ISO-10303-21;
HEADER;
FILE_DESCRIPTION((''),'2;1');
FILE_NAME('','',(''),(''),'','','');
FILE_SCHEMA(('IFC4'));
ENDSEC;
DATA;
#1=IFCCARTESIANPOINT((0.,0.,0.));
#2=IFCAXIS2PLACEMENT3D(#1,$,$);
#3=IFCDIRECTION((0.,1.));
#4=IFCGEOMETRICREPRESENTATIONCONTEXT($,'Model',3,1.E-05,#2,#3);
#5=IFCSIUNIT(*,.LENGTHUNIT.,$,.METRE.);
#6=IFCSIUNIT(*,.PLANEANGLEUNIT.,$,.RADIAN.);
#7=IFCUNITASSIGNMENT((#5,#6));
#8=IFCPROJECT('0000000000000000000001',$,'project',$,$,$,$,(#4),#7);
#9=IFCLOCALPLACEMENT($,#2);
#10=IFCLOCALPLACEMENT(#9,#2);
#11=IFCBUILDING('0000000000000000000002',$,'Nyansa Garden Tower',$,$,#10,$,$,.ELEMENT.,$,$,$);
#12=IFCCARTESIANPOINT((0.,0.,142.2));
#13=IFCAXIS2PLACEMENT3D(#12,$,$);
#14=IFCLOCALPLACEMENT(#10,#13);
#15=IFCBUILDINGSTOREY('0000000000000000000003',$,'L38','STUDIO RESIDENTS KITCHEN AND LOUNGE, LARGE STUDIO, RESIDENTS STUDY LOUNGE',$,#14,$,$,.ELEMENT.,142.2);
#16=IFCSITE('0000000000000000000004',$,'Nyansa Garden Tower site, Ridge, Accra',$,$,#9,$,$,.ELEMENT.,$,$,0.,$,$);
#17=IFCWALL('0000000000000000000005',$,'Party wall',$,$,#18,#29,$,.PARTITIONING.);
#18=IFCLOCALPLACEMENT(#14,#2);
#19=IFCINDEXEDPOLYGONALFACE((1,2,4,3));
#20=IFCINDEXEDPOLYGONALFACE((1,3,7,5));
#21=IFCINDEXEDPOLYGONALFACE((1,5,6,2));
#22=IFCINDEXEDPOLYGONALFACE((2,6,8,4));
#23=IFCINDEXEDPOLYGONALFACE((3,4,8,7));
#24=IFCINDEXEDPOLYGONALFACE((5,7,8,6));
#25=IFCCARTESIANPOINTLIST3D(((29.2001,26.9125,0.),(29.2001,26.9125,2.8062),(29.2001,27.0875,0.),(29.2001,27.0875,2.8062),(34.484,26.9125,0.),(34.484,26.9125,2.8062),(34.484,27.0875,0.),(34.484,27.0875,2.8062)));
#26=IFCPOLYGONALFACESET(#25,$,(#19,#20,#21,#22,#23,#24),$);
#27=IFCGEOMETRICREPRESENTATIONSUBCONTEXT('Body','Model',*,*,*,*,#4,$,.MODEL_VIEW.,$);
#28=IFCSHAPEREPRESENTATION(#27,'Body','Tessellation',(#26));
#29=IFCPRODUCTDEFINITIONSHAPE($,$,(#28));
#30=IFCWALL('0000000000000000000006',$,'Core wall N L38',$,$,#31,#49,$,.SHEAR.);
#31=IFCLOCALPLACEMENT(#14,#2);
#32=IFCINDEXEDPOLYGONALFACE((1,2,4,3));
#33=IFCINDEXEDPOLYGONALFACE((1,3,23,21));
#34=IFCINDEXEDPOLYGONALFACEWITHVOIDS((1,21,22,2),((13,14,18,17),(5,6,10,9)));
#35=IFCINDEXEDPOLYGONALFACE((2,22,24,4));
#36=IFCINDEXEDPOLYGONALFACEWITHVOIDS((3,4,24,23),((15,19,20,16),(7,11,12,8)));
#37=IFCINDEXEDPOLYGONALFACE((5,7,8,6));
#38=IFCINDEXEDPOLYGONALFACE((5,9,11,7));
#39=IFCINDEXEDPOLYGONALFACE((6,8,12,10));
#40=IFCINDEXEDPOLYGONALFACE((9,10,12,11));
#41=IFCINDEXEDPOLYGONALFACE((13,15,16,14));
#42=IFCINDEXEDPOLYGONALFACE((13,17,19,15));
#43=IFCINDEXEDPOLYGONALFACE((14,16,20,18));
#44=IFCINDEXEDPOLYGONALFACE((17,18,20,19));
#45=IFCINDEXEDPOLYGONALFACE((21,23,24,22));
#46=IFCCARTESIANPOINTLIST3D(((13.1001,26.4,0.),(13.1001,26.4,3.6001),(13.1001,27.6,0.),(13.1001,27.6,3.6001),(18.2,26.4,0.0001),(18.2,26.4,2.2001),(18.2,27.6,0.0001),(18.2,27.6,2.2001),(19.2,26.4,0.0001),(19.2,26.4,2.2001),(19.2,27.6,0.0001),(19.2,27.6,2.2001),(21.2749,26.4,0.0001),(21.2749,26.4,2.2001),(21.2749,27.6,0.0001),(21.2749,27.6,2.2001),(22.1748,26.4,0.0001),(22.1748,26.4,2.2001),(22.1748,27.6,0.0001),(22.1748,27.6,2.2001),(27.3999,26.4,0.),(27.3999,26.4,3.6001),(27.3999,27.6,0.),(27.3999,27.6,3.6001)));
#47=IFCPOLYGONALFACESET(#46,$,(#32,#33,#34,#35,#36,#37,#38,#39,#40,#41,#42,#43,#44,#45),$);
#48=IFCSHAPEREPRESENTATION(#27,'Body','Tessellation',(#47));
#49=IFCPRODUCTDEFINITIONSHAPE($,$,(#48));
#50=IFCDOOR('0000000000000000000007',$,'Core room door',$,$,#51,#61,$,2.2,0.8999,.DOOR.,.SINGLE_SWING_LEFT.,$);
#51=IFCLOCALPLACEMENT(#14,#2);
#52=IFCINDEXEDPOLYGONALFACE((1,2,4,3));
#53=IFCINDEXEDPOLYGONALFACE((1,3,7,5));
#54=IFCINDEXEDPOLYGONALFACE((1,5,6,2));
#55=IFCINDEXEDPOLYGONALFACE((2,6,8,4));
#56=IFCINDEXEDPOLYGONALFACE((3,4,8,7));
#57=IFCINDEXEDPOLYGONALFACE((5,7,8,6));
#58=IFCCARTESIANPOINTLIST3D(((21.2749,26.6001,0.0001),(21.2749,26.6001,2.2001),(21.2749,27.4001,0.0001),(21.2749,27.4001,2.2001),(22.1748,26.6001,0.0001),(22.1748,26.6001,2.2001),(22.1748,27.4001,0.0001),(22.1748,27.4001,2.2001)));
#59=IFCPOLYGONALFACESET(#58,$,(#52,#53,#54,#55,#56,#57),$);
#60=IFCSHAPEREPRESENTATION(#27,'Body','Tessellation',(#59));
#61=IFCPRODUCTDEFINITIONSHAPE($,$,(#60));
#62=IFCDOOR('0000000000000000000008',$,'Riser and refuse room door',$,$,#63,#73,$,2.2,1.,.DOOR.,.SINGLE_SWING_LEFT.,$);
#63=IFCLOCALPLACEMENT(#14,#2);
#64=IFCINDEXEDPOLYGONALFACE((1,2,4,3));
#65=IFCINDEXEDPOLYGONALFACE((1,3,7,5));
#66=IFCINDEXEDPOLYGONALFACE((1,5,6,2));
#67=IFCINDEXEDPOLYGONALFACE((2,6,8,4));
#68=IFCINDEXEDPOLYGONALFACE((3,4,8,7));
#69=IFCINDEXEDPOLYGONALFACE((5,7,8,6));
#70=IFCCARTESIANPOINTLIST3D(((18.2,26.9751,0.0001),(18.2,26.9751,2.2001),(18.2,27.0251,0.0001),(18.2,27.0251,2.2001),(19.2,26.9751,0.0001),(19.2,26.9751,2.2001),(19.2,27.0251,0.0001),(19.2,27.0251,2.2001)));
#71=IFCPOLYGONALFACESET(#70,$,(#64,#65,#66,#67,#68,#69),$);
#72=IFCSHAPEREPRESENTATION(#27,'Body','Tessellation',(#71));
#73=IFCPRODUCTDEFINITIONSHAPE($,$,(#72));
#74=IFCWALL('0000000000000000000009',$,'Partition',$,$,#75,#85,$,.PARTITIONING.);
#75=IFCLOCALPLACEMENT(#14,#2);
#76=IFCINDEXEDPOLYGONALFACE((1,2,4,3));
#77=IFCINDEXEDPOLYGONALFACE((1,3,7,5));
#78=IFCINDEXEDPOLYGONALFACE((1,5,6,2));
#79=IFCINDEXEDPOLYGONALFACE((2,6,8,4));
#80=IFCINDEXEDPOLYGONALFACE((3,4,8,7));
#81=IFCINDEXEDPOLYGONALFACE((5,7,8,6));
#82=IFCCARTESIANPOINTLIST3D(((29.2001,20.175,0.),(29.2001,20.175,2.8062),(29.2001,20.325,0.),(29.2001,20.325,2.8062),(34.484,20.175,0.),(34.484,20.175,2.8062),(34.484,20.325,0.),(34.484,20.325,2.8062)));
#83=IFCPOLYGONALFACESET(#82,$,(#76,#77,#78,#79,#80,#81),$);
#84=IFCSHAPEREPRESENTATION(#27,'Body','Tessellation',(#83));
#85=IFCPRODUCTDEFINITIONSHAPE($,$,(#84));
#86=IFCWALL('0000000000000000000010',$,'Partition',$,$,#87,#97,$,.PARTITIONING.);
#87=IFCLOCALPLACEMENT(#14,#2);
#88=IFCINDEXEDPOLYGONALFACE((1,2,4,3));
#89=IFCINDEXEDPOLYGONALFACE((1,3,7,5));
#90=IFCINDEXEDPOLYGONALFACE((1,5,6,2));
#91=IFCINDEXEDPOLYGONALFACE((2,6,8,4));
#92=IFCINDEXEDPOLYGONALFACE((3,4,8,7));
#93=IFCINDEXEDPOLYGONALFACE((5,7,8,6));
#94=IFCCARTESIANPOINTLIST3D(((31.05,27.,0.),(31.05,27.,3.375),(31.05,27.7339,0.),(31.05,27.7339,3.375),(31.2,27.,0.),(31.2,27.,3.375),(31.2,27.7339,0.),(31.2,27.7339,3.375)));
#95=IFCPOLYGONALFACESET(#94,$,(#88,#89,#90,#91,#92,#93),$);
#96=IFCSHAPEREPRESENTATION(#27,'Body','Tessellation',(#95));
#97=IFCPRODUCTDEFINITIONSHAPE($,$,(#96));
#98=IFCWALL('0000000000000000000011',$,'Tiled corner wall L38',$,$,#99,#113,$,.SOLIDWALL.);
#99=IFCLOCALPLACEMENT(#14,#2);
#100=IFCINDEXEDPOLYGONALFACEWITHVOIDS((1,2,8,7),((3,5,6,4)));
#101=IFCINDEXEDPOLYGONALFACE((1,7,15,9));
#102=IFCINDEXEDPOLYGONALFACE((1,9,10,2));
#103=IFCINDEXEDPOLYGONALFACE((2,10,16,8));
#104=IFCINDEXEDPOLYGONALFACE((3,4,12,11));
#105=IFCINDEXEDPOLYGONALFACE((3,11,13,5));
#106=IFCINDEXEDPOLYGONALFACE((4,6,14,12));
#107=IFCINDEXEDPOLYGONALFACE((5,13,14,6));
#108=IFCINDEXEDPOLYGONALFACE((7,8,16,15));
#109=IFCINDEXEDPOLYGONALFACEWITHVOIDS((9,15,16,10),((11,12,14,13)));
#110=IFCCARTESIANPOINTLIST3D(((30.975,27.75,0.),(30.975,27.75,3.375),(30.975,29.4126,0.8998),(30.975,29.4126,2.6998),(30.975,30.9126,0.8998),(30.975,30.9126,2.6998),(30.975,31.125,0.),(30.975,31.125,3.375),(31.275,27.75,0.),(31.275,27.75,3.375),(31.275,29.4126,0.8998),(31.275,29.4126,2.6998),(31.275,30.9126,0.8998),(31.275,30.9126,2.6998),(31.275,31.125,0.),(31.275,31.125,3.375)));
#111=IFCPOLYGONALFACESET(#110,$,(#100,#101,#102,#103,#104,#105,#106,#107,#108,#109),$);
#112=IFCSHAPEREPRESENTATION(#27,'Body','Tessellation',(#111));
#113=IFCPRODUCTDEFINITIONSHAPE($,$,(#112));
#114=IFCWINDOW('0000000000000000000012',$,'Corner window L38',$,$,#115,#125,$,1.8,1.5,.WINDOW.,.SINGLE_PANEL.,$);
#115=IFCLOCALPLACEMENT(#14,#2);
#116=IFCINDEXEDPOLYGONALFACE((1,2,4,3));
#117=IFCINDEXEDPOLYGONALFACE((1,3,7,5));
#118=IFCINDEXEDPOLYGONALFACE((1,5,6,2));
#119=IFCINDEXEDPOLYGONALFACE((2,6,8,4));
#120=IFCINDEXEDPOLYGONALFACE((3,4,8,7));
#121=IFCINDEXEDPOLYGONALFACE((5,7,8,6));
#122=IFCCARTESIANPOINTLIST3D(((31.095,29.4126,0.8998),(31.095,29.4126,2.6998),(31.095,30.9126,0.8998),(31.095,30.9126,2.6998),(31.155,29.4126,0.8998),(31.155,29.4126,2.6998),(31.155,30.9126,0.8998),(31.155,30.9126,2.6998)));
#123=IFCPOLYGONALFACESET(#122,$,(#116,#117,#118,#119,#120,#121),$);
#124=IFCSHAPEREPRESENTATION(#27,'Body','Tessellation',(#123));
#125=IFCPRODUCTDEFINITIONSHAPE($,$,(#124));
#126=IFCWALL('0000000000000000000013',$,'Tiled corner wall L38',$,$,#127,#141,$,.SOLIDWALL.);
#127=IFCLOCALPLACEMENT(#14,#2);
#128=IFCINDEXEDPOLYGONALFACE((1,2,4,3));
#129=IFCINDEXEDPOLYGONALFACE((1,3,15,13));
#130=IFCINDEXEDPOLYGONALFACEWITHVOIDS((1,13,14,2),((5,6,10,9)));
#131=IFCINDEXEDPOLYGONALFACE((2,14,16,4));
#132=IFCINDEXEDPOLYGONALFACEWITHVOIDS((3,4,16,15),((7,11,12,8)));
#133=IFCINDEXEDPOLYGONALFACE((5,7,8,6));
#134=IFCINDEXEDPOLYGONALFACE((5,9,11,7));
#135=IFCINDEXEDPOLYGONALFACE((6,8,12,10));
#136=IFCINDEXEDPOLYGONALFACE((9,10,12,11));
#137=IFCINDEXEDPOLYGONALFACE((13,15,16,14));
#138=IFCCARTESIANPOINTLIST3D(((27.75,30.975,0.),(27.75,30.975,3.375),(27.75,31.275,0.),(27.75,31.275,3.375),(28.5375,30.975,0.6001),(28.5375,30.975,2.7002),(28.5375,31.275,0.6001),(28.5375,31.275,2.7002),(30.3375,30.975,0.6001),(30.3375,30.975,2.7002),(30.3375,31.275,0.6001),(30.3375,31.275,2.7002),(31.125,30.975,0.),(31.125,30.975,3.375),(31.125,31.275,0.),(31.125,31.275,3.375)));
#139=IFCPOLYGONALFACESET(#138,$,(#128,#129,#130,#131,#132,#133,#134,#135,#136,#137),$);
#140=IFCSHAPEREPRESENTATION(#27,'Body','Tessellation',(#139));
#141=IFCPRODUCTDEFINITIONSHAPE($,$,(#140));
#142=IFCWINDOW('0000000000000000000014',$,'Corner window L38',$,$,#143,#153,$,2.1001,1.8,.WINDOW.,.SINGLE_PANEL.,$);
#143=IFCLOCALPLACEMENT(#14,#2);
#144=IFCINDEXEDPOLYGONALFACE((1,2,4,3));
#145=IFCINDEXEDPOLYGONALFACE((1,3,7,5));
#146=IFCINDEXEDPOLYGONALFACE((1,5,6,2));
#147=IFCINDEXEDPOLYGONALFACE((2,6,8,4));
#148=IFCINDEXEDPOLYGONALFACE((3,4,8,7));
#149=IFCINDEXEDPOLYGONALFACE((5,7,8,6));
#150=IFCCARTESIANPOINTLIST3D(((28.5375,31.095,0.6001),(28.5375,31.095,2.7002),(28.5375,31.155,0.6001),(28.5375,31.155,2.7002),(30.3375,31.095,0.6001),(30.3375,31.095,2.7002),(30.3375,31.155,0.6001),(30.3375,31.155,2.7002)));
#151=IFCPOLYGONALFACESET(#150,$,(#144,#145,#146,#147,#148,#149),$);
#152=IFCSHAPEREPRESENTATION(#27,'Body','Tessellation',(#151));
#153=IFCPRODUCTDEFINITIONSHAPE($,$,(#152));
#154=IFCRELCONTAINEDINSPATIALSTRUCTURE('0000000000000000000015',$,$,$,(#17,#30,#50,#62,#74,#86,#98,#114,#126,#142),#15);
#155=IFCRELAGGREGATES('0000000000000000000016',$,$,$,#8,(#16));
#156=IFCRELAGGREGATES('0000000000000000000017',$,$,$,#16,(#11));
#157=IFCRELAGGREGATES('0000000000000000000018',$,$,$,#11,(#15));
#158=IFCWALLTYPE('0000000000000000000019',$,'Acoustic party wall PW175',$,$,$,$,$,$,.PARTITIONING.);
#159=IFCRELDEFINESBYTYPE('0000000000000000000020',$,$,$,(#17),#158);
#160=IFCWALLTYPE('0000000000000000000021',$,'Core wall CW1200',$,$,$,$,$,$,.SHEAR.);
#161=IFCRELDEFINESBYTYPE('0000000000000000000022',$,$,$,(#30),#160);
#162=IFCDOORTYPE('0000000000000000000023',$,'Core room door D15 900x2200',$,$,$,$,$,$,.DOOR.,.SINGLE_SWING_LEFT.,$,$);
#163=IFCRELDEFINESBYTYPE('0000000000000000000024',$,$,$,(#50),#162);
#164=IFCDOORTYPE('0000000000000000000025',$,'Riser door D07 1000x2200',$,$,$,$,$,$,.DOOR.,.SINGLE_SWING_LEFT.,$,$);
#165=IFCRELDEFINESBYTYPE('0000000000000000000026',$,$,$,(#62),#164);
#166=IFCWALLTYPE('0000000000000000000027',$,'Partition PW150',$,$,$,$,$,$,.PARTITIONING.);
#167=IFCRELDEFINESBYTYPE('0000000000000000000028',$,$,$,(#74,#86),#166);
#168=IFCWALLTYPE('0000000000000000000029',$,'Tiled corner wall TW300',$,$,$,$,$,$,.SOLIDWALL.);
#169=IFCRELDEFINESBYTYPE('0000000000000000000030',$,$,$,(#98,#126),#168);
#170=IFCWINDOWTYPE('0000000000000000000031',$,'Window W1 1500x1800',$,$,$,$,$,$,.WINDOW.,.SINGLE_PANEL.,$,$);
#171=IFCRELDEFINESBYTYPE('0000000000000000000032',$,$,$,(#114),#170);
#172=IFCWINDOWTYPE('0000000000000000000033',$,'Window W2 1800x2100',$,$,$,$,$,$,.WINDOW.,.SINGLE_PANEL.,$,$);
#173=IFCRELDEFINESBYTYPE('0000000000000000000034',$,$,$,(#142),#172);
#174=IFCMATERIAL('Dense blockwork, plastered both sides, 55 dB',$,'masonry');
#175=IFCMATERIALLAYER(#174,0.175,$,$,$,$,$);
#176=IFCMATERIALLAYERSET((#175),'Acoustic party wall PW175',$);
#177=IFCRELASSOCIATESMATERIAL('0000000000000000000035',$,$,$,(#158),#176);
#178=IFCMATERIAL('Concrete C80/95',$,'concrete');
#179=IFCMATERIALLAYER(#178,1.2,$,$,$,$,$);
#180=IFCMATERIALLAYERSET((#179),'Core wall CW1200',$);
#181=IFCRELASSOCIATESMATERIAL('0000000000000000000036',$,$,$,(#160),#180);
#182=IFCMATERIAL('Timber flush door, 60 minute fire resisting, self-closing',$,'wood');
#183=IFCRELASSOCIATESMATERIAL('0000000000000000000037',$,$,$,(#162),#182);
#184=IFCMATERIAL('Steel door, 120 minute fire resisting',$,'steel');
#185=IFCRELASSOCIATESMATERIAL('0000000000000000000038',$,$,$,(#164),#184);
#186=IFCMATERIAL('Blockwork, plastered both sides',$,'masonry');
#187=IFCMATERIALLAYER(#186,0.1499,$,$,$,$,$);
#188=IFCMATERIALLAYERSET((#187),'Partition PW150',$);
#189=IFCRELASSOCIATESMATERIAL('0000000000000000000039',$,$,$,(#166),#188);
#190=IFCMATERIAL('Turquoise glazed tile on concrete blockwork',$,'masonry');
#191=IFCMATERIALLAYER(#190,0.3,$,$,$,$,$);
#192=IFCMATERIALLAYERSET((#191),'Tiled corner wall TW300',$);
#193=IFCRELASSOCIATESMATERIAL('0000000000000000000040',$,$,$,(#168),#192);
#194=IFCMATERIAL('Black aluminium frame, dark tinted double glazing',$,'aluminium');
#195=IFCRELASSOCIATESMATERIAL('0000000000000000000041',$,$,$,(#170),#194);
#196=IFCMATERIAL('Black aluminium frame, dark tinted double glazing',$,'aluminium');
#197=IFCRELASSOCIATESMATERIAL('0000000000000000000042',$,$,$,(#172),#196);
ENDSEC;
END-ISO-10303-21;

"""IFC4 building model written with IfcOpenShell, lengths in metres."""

from ifc_helpers import new_model, si_unit, direction, frame, frame_2d, origin, place, context, subcontext, project, spatial, rectangle, extrude, material, layer, layer_set, type_object, element, fill, save


model = new_model("IFC4")

# Units and contexts
model_context = context("Model", 3, precision=1e-05, world=origin(), true_north=direction((0.0, 1.0)))
body_context = subcontext(model_context, "Body", "Model", "MODEL_VIEW")
ifc_project = project(units=[si_unit("LENGTHUNIT", "METRE"), si_unit("PLANEANGLEUNIT", "RADIAN")], contexts=[model_context])

# Site, building, storey
site_placement = place(None, origin())
site = spatial("IfcSite", under=ifc_project, at=site_placement, Name="Nyansa Garden Tower site, Ridge, Accra", CompositionType="ELEMENT", RefElevation=0.0)
building_placement = place(site_placement, origin())
building = spatial("IfcBuilding", under=site, at=building_placement, Name="Nyansa Garden Tower", CompositionType="ELEMENT")
storey_placement = place(building_placement, frame((0.0, 0.0, 142.2)))
storey = spatial("IfcBuildingStorey", under=building, at=storey_placement, Name="L38", Description="STUDIO RESIDENTS KITCHEN AND LOUNGE, LARGE STUDIO, RESIDENTS STUDY LOUNGE", CompositionType="ELEMENT", Elevation=142.2)

# Wall
ifc_material_1 = material(Name="Dense blockwork, plastered both sides, 55 dB", Category="masonry")
ifc_layer_1 = layer(ifc_material_1, 0.175)
ifc_layer_set_1 = layer_set([ifc_layer_1], Name="Acoustic party wall PW175")
wall_type_1 = type_object("IfcWallType", Name="Acoustic party wall PW175", PredefinedType="PARTITIONING", material=ifc_layer_set_1)
wall_1_placement = place(storey_placement, frame((29.2, 27.0, 0.0), z_axis=(0.0, 0.0, 1.0), x_axis=(1.0, 0.0, 0.0)))
element("IfcWall", 1, at=wall_1_placement, inside=storey, type_object=wall_type_1, Name="Party wall", PredefinedType="PARTITIONING", context=body_context, shape_type="SweptSolid", body=[
    extrude(rectangle(XDim=5.2839, YDim=0.175, at=frame_2d((2.6421, 0.0))), origin(), (0.0, 0.0, 1.0), 2.8062),
])

# Wall, openings, doors
ifc_material_2 = material(Name="Concrete C80/95", Category="concrete")
ifc_layer_2 = layer(ifc_material_2, 1.2)
ifc_layer_set_2 = layer_set([ifc_layer_2], Name="Core wall CW1200")
wall_type_2 = type_object("IfcWallType", Name="Core wall CW1200", PredefinedType="SHEAR", material=ifc_layer_set_2)
wall_2_placement = place(storey_placement, frame((27.3999, 27.0, 0.0), z_axis=(0.0, 0.0, 1.0), x_axis=(-1.0, 0.0, 0.0)))
wall_2 = element("IfcWall", 2, at=wall_2_placement, inside=storey, type_object=wall_type_2, Name="Core wall N L38", PredefinedType="SHEAR", context=body_context, shape_type="SweptSolid", body=[
    extrude(rectangle(XDim=14.2998, YDim=1.2, at=frame_2d((7.1499, 0.0))), origin(), (0.0, 0.0, 1.0), 3.6001),
])
opening_1_placement = place(wall_2_placement, frame((5.2251, 0.0, 0.0)))
opening_1 = element("IfcOpeningElement", 3, at=opening_1_placement, cuts=wall_2, PredefinedType="OPENING", context=body_context, shape_type="SweptSolid", body=[
    extrude(rectangle(XDim=0.8999, YDim=2.2, at=frame_2d((0.45, 1.1001))), frame((0.0, 0.6099, 0.0), z_axis=(0.0, -1.0, 0.0), x_axis=(1.0, 0.0, 0.0)), (0.0, 0.0, 1.0), 1.22),
])
opening_2_placement = place(wall_2_placement, frame((8.2, 0.0, 0.0)))
opening_2 = element("IfcOpeningElement", 4, at=opening_2_placement, cuts=wall_2, PredefinedType="OPENING", context=body_context, shape_type="SweptSolid", body=[
    extrude(rectangle(XDim=1.0, YDim=2.2, at=frame_2d((0.5, 1.1001))), frame((0.0, 0.6099, 0.0), z_axis=(0.0, -1.0, 0.0), x_axis=(1.0, 0.0, 0.0)), (0.0, 0.0, 1.0), 1.22),
])
ifc_material_3 = material(Name="Timber flush door, 60 minute fire resisting, self-closing", Category="wood")
door_type_1 = type_object("IfcDoorType", Name="Core room door D15 900x2200", OperationType="SINGLE_SWING_LEFT", PredefinedType="DOOR", material=ifc_material_3)
door_1_placement = place(opening_1_placement, origin())
door_1 = element("IfcDoor", 5, at=door_1_placement, inside=storey, type_object=door_type_1, Name="Core room door", OperationType="SINGLE_SWING_LEFT", OverallHeight=2.2, OverallWidth=0.8999, PredefinedType="DOOR", context=body_context, shape_type="SweptSolid", body=[
    extrude(rectangle(XDim=0.8999, YDim=2.2, at=frame_2d((0.45, 1.1001))), frame((0.0, 0.3999, 0.0), z_axis=(0.0, -1.0, 0.0), x_axis=(1.0, 0.0, 0.0)), (0.0, 0.0, 1.0), 0.8),
])
fill(opening_1, door_1)
ifc_material_4 = material(Name="Steel door, 120 minute fire resisting", Category="steel")
door_type_2 = type_object("IfcDoorType", Name="Riser door D07 1000x2200", OperationType="SINGLE_SWING_LEFT", PredefinedType="DOOR", material=ifc_material_4)
door_2_placement = place(opening_2_placement, origin())
door_2 = element("IfcDoor", 6, at=door_2_placement, inside=storey, type_object=door_type_2, Name="Riser and refuse room door", OperationType="SINGLE_SWING_LEFT", OverallHeight=2.2, OverallWidth=1.0, PredefinedType="DOOR", context=body_context, shape_type="SweptSolid", body=[
    extrude(rectangle(XDim=1.0, YDim=2.2, at=frame_2d((0.5, 1.1001))), frame((0.0, 0.0249, 0.0), z_axis=(0.0, -1.0, 0.0), x_axis=(1.0, 0.0, 0.0)), (0.0, 0.0, 1.0), 0.05),
])
fill(opening_2, door_2)

# Walls
ifc_material_5 = material(Name="Blockwork, plastered both sides", Category="masonry")
ifc_layer_3 = layer(ifc_material_5, 0.1499)
ifc_layer_set_3 = layer_set([ifc_layer_3], Name="Partition PW150")
wall_type_3 = type_object("IfcWallType", Name="Partition PW150", PredefinedType="PARTITIONING", material=ifc_layer_set_3)
wall_3_placement = place(storey_placement, frame((29.2, 20.25, 0.0), z_axis=(0.0, 0.0, 1.0), x_axis=(1.0, 0.0, 0.0)))
element("IfcWall", 7, at=wall_3_placement, inside=storey, type_object=wall_type_3, Name="Partition", PredefinedType="PARTITIONING", context=body_context, shape_type="SweptSolid", body=[
    extrude(rectangle(XDim=5.2839, YDim=0.1499, at=frame_2d((2.6421, 0.0))), origin(), (0.0, 0.0, 1.0), 2.8062),
])
wall_4_placement = place(storey_placement, frame((31.125, 27.0, 0.0), z_axis=(0.0, 0.0, 1.0), x_axis=(0.0, 1.0, 0.0)))
element("IfcWall", 8, at=wall_4_placement, inside=storey, type_object=wall_type_3, Name="Partition", PredefinedType="PARTITIONING", context=body_context, shape_type="SweptSolid", body=[
    extrude(rectangle(XDim=0.7339, YDim=0.1499, at=frame_2d((0.3669, 0.0))), origin(), (0.0, 0.0, 1.0), 3.375),
])

# Walls, openings, windows
ifc_material_6 = material(Name="Turquoise glazed tile on concrete blockwork", Category="masonry")
ifc_layer_4 = layer(ifc_material_6, 0.3)
ifc_layer_set_4 = layer_set([ifc_layer_4], Name="Tiled corner wall TW300")
wall_type_4 = type_object("IfcWallType", Name="Tiled corner wall TW300", PredefinedType="SOLIDWALL", material=ifc_layer_set_4)
wall_5_placement = place(storey_placement, frame((31.125, 27.75, 0.0), z_axis=(0.0, 0.0, 1.0), x_axis=(0.0, 1.0, 0.0)))
wall_5 = element("IfcWall", 9, at=wall_5_placement, inside=storey, type_object=wall_type_4, Name="Tiled corner wall L38", PredefinedType="SOLIDWALL", context=body_context, shape_type="SweptSolid", body=[
    extrude(rectangle(XDim=3.375, YDim=0.3, at=frame_2d((1.6875, 0.0))), origin(), (0.0, 0.0, 1.0), 3.375),
])
opening_3_placement = place(wall_5_placement, frame((1.6626, 0.0, 0.8999)))
opening_3 = element("IfcOpeningElement", 10, at=opening_3_placement, cuts=wall_5, PredefinedType="OPENING", context=body_context, shape_type="SweptSolid", body=[
    extrude(rectangle(XDim=1.5, YDim=1.8, at=frame_2d((0.75, 0.8999))), frame((0.0, 0.1599, 0.0), z_axis=(0.0, -1.0, 0.0), x_axis=(1.0, 0.0, 0.0)), (0.0, 0.0, 1.0), 0.3201),
])
ifc_material_7 = material(Name="Black aluminium frame, dark tinted double glazing", Category="aluminium")
window_type_1 = type_object("IfcWindowType", Name="Window W1 1500x1800", PartitioningType="SINGLE_PANEL", PredefinedType="WINDOW", material=ifc_material_7)
window_1_placement = place(opening_3_placement, origin())
window_1 = element("IfcWindow", 11, at=window_1_placement, inside=storey, type_object=window_type_1, Name="Corner window L38", OverallHeight=1.8, OverallWidth=1.5, PartitioningType="SINGLE_PANEL", PredefinedType="WINDOW", context=body_context, shape_type="SweptSolid", body=[
    extrude(rectangle(XDim=1.5, YDim=1.8, at=frame_2d((0.75, 0.8999))), frame((0.0, 0.03, 0.0), z_axis=(0.0, -1.0, 0.0), x_axis=(1.0, 0.0, 0.0)), (0.0, 0.0, 1.0), 0.0601),
])
fill(opening_3, window_1)
wall_6_placement = place(storey_placement, frame((31.125, 31.125, 0.0), z_axis=(0.0, 0.0, 1.0), x_axis=(-1.0, 0.0, 0.0)))
wall_6 = element("IfcWall", 12, at=wall_6_placement, inside=storey, type_object=wall_type_4, Name="Tiled corner wall L38", PredefinedType="SOLIDWALL", context=body_context, shape_type="SweptSolid", body=[
    extrude(rectangle(XDim=3.375, YDim=0.3, at=frame_2d((1.6875, 0.0))), origin(), (0.0, 0.0, 1.0), 3.375),
])
opening_4_placement = place(wall_6_placement, frame((0.7876, 0.0, 0.6001)))
opening_4 = element("IfcOpeningElement", 13, at=opening_4_placement, cuts=wall_6, PredefinedType="OPENING", context=body_context, shape_type="SweptSolid", body=[
    extrude(rectangle(XDim=1.8, YDim=2.1001, at=frame_2d((0.8999, 1.05))), frame((0.0, 0.1599, 0.0), z_axis=(0.0, -1.0, 0.0), x_axis=(1.0, 0.0, 0.0)), (0.0, 0.0, 1.0), 0.3201),
])
ifc_material_8 = material(Name="Black aluminium frame, dark tinted double glazing", Category="aluminium")
window_type_2 = type_object("IfcWindowType", Name="Window W2 1800x2100", PartitioningType="SINGLE_PANEL", PredefinedType="WINDOW", material=ifc_material_8)
window_2_placement = place(opening_4_placement, origin())
window_2 = element("IfcWindow", 14, at=window_2_placement, inside=storey, type_object=window_type_2, Name="Corner window L38", OverallHeight=2.1001, OverallWidth=1.8, PartitioningType="SINGLE_PANEL", PredefinedType="WINDOW", context=body_context, shape_type="SweptSolid", body=[
    extrude(rectangle(XDim=1.8, YDim=2.1001, at=frame_2d((0.8999, 1.05))), frame((0.0, 0.03, 0.0), z_axis=(0.0, -1.0, 0.0), x_axis=(1.0, 0.0, 0.0)), (0.0, 0.0, 1.0), 0.0601),
])
fill(opening_4, window_2)

save(model, "model.ifc")
